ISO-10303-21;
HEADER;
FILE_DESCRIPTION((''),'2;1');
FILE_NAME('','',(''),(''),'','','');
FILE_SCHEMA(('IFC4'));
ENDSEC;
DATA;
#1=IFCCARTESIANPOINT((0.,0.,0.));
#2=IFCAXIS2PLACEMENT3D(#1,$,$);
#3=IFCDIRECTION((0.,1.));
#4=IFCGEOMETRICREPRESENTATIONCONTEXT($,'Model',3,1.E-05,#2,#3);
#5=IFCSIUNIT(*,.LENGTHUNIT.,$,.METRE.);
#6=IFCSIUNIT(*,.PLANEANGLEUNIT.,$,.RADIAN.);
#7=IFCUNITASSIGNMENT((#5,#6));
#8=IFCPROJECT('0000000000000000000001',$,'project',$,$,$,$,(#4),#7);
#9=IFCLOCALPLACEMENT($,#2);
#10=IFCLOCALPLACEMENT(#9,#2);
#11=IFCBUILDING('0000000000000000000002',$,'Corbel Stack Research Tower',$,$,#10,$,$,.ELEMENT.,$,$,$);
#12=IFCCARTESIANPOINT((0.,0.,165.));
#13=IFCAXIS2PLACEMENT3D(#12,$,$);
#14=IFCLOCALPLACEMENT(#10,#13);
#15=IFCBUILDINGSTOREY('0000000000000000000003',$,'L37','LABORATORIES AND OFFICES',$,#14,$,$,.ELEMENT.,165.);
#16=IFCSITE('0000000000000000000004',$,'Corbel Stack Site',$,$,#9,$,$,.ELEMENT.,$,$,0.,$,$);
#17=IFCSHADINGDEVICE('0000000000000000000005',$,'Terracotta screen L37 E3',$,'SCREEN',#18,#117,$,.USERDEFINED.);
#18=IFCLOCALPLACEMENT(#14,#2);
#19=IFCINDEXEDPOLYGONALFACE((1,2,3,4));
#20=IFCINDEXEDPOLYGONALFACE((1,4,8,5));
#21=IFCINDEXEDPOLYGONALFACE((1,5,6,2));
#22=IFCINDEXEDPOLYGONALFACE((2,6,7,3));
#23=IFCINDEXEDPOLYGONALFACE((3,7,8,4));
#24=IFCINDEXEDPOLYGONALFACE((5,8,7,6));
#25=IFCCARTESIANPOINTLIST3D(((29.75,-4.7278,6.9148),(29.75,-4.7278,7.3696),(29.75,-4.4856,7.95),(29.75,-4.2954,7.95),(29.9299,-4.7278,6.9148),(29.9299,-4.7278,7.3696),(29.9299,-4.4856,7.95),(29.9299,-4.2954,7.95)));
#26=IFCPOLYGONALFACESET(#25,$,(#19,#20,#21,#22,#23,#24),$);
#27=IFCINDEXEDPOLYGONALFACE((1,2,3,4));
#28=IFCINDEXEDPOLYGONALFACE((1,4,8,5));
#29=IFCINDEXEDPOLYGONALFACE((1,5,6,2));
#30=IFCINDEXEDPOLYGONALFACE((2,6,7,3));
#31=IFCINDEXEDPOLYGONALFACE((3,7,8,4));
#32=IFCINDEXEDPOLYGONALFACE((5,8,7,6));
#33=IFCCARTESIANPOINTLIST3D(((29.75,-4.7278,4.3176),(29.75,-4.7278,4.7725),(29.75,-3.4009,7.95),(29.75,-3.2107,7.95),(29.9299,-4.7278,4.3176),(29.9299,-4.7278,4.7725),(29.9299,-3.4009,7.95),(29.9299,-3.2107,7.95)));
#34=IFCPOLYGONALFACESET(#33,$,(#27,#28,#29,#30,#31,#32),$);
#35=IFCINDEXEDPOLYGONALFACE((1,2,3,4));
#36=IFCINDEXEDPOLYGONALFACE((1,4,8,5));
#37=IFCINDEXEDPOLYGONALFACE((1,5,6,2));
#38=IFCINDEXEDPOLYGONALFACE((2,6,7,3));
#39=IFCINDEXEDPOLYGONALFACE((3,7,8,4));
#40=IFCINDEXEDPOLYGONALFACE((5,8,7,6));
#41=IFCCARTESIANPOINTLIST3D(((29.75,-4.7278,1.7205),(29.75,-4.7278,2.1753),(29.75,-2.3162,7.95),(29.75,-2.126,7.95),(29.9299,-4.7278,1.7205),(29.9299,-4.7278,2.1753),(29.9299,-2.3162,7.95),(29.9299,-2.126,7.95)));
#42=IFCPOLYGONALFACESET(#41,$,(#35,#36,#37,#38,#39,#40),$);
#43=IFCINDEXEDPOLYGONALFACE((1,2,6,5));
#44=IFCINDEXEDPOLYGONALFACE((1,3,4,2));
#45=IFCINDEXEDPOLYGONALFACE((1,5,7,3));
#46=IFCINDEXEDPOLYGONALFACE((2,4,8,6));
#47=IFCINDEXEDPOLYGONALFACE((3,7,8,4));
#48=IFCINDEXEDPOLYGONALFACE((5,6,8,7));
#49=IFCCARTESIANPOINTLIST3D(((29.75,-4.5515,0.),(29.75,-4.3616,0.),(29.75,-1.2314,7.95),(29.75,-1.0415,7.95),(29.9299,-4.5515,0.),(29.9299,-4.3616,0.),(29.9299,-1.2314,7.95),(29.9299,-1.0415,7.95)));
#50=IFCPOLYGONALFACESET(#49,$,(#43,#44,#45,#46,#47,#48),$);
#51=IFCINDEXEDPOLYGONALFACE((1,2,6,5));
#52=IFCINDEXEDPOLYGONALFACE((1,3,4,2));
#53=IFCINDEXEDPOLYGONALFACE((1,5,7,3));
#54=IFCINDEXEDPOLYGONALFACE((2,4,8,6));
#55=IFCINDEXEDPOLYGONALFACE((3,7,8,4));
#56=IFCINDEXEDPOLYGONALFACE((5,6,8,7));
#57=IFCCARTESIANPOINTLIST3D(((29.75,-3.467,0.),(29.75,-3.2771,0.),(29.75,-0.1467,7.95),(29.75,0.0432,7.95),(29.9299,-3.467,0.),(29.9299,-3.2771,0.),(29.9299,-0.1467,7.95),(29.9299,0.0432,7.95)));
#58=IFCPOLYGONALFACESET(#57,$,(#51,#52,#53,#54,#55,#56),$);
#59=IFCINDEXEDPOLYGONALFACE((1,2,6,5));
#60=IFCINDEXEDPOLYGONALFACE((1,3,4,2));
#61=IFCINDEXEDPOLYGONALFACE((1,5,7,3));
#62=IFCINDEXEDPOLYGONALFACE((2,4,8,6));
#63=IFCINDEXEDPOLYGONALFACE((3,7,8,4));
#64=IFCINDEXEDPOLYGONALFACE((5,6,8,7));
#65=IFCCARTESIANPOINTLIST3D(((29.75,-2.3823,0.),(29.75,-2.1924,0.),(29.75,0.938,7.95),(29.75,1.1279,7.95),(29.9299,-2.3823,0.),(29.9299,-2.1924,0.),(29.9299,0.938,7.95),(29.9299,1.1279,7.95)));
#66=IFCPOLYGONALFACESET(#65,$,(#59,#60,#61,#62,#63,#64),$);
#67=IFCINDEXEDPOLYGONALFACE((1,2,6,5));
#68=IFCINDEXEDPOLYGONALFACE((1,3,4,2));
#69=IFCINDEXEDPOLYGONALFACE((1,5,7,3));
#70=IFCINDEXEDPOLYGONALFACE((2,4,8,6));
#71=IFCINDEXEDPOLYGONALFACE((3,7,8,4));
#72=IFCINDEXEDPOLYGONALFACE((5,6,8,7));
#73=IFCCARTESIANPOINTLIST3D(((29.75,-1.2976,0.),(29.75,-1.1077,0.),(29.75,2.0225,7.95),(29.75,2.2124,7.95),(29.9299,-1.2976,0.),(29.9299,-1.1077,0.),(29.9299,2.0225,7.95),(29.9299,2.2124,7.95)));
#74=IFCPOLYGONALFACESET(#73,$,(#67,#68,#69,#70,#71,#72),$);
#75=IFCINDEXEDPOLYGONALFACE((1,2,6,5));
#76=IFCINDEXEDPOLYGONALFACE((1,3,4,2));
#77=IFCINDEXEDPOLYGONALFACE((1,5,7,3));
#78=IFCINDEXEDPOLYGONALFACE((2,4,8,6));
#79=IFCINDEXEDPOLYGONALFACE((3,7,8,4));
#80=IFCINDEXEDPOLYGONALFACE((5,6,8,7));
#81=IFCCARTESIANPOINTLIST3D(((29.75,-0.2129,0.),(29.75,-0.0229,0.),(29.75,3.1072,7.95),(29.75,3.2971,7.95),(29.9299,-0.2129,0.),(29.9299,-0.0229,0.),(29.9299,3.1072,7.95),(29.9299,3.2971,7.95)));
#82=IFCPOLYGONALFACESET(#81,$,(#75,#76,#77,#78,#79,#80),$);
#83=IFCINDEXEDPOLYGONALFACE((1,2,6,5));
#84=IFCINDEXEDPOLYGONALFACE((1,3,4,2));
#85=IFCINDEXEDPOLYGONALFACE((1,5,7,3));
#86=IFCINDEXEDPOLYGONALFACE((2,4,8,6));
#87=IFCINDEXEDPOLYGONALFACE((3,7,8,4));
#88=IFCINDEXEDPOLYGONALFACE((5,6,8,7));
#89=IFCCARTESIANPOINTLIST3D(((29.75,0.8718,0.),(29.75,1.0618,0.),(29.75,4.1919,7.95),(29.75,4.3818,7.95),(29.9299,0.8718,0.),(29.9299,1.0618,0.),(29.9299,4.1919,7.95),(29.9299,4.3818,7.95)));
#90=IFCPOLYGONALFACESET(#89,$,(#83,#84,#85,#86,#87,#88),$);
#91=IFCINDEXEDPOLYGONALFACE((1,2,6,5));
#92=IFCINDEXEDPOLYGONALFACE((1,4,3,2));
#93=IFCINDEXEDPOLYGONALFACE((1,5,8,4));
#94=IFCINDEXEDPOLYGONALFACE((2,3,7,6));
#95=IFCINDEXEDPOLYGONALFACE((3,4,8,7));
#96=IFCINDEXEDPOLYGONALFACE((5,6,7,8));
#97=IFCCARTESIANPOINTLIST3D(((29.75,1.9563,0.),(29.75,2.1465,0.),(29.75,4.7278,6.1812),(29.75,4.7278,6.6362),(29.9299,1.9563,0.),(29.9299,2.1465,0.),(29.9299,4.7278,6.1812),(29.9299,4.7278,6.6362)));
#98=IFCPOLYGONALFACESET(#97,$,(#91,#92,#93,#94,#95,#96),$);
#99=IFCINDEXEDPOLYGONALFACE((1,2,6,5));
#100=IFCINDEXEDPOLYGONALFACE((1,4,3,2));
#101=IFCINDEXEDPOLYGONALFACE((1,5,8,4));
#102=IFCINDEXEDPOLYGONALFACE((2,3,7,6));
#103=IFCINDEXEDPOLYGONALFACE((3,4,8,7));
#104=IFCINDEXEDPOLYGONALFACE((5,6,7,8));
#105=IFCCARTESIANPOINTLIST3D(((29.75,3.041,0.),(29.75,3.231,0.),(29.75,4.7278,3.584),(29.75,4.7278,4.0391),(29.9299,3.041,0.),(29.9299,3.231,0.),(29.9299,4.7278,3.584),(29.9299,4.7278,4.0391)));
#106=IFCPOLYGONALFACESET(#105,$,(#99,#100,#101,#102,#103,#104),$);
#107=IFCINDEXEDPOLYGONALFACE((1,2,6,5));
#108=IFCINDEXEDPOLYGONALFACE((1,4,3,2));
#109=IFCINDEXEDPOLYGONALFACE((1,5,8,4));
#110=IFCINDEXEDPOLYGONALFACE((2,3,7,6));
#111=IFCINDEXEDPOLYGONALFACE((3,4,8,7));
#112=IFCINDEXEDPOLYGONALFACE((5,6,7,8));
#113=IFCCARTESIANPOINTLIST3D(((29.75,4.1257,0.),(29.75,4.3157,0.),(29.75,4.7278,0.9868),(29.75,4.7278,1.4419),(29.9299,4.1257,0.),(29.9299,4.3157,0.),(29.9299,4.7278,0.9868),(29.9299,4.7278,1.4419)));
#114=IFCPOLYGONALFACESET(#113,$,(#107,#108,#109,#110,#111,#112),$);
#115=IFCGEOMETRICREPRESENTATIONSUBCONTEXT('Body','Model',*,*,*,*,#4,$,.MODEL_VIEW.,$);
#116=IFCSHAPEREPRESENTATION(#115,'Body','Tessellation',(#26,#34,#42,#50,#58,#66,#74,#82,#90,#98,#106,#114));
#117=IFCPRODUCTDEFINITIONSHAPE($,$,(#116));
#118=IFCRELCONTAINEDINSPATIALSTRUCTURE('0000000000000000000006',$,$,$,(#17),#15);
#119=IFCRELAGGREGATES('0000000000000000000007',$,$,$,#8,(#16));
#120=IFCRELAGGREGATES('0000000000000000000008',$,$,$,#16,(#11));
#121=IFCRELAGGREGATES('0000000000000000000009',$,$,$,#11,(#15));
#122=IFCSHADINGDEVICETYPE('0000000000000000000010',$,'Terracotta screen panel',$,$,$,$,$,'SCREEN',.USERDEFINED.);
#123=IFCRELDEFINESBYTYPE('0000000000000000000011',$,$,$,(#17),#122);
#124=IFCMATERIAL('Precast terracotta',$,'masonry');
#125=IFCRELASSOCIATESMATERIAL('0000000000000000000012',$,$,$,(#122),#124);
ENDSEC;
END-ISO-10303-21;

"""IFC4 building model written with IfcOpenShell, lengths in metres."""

from ifc_helpers import new_model, si_unit, direction, frame, origin, place, context, subcontext, project, spatial, polyline, outline, extrude, source, transform, mapped, material, type_object, element, save


model = new_model("IFC4")

# Units and contexts
model_context = context("Model", 3, precision=1e-05, world=origin(), true_north=direction((0.0, 1.0)))
body_context = subcontext(model_context, "Body", "Model", "MODEL_VIEW")
ifc_project = project(units=[si_unit("LENGTHUNIT", "METRE"), si_unit("PLANEANGLEUNIT", "RADIAN")], contexts=[model_context])

# Site, building, storey
site_placement = place(None, origin())
site = spatial("IfcSite", under=ifc_project, at=site_placement, Name="Corbel Stack Site", CompositionType="ELEMENT", RefElevation=0.0)
building_placement = place(site_placement, origin())
building = spatial("IfcBuilding", under=site, at=building_placement, Name="Corbel Stack Research Tower", CompositionType="ELEMENT")
storey_placement = place(building_placement, frame((0.0, 0.0, 165.0)))
storey = spatial("IfcBuildingStorey", under=building, at=storey_placement, Name="L37", Description="LABORATORIES AND OFFICES", CompositionType="ELEMENT", Elevation=165.0)

# Shading device
ifc_material_1 = material(Name="Precast terracotta", Category="masonry")
shading_device_type = type_object("IfcShadingDeviceType", Name="Terracotta screen panel", ElementType="SCREEN", PredefinedType="USERDEFINED", material=ifc_material_1)
shared_shape = source(origin(), body_context, "Body", "SweptSolid", [
    extrude(outline(polyline([(0.4324, 7.95), (0.2422, 7.95), (0.0, 7.3696), (0.0, 6.9148), (0.4324, 7.95)])), frame((0.0, 0.0, 0.0), z_axis=(0.0, -1.0, 0.0), x_axis=(1.0, 0.0, 0.0)), (0.0, 0.0, 1.0), 0.1799),
    extrude(outline(polyline([(1.5171, 7.95), (1.3269, 7.95), (0.0, 4.7725), (0.0, 4.3176), (1.5171, 7.95)])), frame((0.0, 0.0, 0.0), z_axis=(0.0, -1.0, 0.0), x_axis=(1.0, 0.0, 0.0)), (0.0, 0.0, 1.0), 0.1799),
    extrude(outline(polyline([(2.6018, 7.95), (2.4116, 7.95), (0.0, 2.1753), (0.0, 1.7205), (2.6018, 7.95)])), frame((0.0, 0.0, 0.0), z_axis=(0.0, -1.0, 0.0), x_axis=(1.0, 0.0, 0.0)), (0.0, 0.0, 1.0), 0.1799),
    extrude(outline(polyline([(0.3662, 0.0), (3.6863, 7.95), (3.4963, 7.95), (0.1763, 0.0), (0.3662, 0.0)])), frame((0.0, 0.0, 0.0), z_axis=(0.0, -1.0, 0.0), x_axis=(1.0, 0.0, 0.0)), (0.0, 0.0, 1.0), 0.1799),
    extrude(outline(polyline([(1.4507, 0.0), (4.771, 7.95), (4.5811, 7.95), (1.2607, 0.0), (1.4507, 0.0)])), frame((0.0, 0.0, 0.0), z_axis=(0.0, -1.0, 0.0), x_axis=(1.0, 0.0, 0.0)), (0.0, 0.0, 1.0), 0.1799),
    extrude(outline(polyline([(2.5354, 0.0), (5.8557, 7.95), (5.6658, 7.95), (2.3455, 0.0), (2.5354, 0.0)])), frame((0.0, 0.0, 0.0), z_axis=(0.0, -1.0, 0.0), x_axis=(1.0, 0.0, 0.0)), (0.0, 0.0, 1.0), 0.1799),
    extrude(outline(polyline([(3.6201, 0.0), (6.9402, 7.95), (6.7502, 7.95), (3.4302, 0.0), (3.6201, 0.0)])), frame((0.0, 0.0, 0.0), z_axis=(0.0, -1.0, 0.0), x_axis=(1.0, 0.0, 0.0)), (0.0, 0.0, 1.0), 0.1799),
    extrude(outline(polyline([(4.7048, 0.0), (8.0249, 7.95), (7.835, 7.95), (4.5149, 0.0), (4.7048, 0.0)])), frame((0.0, 0.0, 0.0), z_axis=(0.0, -1.0, 0.0), x_axis=(1.0, 0.0, 0.0)), (0.0, 0.0, 1.0), 0.1799),
    extrude(outline(polyline([(5.7896, 0.0), (9.1096, 7.95), (8.9197, 7.95), (5.5996, 0.0), (5.7896, 0.0)])), frame((0.0, 0.0, 0.0), z_axis=(0.0, -1.0, 0.0), x_axis=(1.0, 0.0, 0.0)), (0.0, 0.0, 1.0), 0.1799),
    extrude(outline(polyline([(6.8743, 0.0), (9.4556, 6.1812), (9.4556, 6.6362), (6.6841, 0.0), (6.8743, 0.0)])), frame((0.0, 0.0, 0.0), z_axis=(0.0, -1.0, 0.0), x_axis=(1.0, 0.0, 0.0)), (0.0, 0.0, 1.0), 0.1799),
    extrude(outline(polyline([(7.9587, 0.0), (9.4556, 3.584), (9.4556, 4.0391), (7.7688, 0.0), (7.9587, 0.0)])), frame((0.0, 0.0, 0.0), z_axis=(0.0, -1.0, 0.0), x_axis=(1.0, 0.0, 0.0)), (0.0, 0.0, 1.0), 0.1799),
    extrude(outline(polyline([(9.0435, 0.0), (9.4556, 0.9868), (9.4556, 1.4419), (8.8535, 0.0), (9.0435, 0.0)])), frame((0.0, 0.0, 0.0), z_axis=(0.0, -1.0, 0.0), x_axis=(1.0, 0.0, 0.0)), (0.0, 0.0, 1.0), 0.1799),
])
shading_device_placement = place(storey_placement, frame((29.75, -4.7278, 0.0), z_axis=(0.0, 0.0, 1.0), x_axis=(0.0, 1.0, 0.0)))
element("IfcShadingDevice", 1, at=shading_device_placement, inside=storey, type_object=shading_device_type, Name="Terracotta screen L37 E3", ObjectType="SCREEN", PredefinedType="USERDEFINED", context=body_context, shape_type="MappedRepresentation", body=[
    mapped(shared_shape, transform((0.0, 0.0, 0.0))),
])

save(model, "model.ifc")
